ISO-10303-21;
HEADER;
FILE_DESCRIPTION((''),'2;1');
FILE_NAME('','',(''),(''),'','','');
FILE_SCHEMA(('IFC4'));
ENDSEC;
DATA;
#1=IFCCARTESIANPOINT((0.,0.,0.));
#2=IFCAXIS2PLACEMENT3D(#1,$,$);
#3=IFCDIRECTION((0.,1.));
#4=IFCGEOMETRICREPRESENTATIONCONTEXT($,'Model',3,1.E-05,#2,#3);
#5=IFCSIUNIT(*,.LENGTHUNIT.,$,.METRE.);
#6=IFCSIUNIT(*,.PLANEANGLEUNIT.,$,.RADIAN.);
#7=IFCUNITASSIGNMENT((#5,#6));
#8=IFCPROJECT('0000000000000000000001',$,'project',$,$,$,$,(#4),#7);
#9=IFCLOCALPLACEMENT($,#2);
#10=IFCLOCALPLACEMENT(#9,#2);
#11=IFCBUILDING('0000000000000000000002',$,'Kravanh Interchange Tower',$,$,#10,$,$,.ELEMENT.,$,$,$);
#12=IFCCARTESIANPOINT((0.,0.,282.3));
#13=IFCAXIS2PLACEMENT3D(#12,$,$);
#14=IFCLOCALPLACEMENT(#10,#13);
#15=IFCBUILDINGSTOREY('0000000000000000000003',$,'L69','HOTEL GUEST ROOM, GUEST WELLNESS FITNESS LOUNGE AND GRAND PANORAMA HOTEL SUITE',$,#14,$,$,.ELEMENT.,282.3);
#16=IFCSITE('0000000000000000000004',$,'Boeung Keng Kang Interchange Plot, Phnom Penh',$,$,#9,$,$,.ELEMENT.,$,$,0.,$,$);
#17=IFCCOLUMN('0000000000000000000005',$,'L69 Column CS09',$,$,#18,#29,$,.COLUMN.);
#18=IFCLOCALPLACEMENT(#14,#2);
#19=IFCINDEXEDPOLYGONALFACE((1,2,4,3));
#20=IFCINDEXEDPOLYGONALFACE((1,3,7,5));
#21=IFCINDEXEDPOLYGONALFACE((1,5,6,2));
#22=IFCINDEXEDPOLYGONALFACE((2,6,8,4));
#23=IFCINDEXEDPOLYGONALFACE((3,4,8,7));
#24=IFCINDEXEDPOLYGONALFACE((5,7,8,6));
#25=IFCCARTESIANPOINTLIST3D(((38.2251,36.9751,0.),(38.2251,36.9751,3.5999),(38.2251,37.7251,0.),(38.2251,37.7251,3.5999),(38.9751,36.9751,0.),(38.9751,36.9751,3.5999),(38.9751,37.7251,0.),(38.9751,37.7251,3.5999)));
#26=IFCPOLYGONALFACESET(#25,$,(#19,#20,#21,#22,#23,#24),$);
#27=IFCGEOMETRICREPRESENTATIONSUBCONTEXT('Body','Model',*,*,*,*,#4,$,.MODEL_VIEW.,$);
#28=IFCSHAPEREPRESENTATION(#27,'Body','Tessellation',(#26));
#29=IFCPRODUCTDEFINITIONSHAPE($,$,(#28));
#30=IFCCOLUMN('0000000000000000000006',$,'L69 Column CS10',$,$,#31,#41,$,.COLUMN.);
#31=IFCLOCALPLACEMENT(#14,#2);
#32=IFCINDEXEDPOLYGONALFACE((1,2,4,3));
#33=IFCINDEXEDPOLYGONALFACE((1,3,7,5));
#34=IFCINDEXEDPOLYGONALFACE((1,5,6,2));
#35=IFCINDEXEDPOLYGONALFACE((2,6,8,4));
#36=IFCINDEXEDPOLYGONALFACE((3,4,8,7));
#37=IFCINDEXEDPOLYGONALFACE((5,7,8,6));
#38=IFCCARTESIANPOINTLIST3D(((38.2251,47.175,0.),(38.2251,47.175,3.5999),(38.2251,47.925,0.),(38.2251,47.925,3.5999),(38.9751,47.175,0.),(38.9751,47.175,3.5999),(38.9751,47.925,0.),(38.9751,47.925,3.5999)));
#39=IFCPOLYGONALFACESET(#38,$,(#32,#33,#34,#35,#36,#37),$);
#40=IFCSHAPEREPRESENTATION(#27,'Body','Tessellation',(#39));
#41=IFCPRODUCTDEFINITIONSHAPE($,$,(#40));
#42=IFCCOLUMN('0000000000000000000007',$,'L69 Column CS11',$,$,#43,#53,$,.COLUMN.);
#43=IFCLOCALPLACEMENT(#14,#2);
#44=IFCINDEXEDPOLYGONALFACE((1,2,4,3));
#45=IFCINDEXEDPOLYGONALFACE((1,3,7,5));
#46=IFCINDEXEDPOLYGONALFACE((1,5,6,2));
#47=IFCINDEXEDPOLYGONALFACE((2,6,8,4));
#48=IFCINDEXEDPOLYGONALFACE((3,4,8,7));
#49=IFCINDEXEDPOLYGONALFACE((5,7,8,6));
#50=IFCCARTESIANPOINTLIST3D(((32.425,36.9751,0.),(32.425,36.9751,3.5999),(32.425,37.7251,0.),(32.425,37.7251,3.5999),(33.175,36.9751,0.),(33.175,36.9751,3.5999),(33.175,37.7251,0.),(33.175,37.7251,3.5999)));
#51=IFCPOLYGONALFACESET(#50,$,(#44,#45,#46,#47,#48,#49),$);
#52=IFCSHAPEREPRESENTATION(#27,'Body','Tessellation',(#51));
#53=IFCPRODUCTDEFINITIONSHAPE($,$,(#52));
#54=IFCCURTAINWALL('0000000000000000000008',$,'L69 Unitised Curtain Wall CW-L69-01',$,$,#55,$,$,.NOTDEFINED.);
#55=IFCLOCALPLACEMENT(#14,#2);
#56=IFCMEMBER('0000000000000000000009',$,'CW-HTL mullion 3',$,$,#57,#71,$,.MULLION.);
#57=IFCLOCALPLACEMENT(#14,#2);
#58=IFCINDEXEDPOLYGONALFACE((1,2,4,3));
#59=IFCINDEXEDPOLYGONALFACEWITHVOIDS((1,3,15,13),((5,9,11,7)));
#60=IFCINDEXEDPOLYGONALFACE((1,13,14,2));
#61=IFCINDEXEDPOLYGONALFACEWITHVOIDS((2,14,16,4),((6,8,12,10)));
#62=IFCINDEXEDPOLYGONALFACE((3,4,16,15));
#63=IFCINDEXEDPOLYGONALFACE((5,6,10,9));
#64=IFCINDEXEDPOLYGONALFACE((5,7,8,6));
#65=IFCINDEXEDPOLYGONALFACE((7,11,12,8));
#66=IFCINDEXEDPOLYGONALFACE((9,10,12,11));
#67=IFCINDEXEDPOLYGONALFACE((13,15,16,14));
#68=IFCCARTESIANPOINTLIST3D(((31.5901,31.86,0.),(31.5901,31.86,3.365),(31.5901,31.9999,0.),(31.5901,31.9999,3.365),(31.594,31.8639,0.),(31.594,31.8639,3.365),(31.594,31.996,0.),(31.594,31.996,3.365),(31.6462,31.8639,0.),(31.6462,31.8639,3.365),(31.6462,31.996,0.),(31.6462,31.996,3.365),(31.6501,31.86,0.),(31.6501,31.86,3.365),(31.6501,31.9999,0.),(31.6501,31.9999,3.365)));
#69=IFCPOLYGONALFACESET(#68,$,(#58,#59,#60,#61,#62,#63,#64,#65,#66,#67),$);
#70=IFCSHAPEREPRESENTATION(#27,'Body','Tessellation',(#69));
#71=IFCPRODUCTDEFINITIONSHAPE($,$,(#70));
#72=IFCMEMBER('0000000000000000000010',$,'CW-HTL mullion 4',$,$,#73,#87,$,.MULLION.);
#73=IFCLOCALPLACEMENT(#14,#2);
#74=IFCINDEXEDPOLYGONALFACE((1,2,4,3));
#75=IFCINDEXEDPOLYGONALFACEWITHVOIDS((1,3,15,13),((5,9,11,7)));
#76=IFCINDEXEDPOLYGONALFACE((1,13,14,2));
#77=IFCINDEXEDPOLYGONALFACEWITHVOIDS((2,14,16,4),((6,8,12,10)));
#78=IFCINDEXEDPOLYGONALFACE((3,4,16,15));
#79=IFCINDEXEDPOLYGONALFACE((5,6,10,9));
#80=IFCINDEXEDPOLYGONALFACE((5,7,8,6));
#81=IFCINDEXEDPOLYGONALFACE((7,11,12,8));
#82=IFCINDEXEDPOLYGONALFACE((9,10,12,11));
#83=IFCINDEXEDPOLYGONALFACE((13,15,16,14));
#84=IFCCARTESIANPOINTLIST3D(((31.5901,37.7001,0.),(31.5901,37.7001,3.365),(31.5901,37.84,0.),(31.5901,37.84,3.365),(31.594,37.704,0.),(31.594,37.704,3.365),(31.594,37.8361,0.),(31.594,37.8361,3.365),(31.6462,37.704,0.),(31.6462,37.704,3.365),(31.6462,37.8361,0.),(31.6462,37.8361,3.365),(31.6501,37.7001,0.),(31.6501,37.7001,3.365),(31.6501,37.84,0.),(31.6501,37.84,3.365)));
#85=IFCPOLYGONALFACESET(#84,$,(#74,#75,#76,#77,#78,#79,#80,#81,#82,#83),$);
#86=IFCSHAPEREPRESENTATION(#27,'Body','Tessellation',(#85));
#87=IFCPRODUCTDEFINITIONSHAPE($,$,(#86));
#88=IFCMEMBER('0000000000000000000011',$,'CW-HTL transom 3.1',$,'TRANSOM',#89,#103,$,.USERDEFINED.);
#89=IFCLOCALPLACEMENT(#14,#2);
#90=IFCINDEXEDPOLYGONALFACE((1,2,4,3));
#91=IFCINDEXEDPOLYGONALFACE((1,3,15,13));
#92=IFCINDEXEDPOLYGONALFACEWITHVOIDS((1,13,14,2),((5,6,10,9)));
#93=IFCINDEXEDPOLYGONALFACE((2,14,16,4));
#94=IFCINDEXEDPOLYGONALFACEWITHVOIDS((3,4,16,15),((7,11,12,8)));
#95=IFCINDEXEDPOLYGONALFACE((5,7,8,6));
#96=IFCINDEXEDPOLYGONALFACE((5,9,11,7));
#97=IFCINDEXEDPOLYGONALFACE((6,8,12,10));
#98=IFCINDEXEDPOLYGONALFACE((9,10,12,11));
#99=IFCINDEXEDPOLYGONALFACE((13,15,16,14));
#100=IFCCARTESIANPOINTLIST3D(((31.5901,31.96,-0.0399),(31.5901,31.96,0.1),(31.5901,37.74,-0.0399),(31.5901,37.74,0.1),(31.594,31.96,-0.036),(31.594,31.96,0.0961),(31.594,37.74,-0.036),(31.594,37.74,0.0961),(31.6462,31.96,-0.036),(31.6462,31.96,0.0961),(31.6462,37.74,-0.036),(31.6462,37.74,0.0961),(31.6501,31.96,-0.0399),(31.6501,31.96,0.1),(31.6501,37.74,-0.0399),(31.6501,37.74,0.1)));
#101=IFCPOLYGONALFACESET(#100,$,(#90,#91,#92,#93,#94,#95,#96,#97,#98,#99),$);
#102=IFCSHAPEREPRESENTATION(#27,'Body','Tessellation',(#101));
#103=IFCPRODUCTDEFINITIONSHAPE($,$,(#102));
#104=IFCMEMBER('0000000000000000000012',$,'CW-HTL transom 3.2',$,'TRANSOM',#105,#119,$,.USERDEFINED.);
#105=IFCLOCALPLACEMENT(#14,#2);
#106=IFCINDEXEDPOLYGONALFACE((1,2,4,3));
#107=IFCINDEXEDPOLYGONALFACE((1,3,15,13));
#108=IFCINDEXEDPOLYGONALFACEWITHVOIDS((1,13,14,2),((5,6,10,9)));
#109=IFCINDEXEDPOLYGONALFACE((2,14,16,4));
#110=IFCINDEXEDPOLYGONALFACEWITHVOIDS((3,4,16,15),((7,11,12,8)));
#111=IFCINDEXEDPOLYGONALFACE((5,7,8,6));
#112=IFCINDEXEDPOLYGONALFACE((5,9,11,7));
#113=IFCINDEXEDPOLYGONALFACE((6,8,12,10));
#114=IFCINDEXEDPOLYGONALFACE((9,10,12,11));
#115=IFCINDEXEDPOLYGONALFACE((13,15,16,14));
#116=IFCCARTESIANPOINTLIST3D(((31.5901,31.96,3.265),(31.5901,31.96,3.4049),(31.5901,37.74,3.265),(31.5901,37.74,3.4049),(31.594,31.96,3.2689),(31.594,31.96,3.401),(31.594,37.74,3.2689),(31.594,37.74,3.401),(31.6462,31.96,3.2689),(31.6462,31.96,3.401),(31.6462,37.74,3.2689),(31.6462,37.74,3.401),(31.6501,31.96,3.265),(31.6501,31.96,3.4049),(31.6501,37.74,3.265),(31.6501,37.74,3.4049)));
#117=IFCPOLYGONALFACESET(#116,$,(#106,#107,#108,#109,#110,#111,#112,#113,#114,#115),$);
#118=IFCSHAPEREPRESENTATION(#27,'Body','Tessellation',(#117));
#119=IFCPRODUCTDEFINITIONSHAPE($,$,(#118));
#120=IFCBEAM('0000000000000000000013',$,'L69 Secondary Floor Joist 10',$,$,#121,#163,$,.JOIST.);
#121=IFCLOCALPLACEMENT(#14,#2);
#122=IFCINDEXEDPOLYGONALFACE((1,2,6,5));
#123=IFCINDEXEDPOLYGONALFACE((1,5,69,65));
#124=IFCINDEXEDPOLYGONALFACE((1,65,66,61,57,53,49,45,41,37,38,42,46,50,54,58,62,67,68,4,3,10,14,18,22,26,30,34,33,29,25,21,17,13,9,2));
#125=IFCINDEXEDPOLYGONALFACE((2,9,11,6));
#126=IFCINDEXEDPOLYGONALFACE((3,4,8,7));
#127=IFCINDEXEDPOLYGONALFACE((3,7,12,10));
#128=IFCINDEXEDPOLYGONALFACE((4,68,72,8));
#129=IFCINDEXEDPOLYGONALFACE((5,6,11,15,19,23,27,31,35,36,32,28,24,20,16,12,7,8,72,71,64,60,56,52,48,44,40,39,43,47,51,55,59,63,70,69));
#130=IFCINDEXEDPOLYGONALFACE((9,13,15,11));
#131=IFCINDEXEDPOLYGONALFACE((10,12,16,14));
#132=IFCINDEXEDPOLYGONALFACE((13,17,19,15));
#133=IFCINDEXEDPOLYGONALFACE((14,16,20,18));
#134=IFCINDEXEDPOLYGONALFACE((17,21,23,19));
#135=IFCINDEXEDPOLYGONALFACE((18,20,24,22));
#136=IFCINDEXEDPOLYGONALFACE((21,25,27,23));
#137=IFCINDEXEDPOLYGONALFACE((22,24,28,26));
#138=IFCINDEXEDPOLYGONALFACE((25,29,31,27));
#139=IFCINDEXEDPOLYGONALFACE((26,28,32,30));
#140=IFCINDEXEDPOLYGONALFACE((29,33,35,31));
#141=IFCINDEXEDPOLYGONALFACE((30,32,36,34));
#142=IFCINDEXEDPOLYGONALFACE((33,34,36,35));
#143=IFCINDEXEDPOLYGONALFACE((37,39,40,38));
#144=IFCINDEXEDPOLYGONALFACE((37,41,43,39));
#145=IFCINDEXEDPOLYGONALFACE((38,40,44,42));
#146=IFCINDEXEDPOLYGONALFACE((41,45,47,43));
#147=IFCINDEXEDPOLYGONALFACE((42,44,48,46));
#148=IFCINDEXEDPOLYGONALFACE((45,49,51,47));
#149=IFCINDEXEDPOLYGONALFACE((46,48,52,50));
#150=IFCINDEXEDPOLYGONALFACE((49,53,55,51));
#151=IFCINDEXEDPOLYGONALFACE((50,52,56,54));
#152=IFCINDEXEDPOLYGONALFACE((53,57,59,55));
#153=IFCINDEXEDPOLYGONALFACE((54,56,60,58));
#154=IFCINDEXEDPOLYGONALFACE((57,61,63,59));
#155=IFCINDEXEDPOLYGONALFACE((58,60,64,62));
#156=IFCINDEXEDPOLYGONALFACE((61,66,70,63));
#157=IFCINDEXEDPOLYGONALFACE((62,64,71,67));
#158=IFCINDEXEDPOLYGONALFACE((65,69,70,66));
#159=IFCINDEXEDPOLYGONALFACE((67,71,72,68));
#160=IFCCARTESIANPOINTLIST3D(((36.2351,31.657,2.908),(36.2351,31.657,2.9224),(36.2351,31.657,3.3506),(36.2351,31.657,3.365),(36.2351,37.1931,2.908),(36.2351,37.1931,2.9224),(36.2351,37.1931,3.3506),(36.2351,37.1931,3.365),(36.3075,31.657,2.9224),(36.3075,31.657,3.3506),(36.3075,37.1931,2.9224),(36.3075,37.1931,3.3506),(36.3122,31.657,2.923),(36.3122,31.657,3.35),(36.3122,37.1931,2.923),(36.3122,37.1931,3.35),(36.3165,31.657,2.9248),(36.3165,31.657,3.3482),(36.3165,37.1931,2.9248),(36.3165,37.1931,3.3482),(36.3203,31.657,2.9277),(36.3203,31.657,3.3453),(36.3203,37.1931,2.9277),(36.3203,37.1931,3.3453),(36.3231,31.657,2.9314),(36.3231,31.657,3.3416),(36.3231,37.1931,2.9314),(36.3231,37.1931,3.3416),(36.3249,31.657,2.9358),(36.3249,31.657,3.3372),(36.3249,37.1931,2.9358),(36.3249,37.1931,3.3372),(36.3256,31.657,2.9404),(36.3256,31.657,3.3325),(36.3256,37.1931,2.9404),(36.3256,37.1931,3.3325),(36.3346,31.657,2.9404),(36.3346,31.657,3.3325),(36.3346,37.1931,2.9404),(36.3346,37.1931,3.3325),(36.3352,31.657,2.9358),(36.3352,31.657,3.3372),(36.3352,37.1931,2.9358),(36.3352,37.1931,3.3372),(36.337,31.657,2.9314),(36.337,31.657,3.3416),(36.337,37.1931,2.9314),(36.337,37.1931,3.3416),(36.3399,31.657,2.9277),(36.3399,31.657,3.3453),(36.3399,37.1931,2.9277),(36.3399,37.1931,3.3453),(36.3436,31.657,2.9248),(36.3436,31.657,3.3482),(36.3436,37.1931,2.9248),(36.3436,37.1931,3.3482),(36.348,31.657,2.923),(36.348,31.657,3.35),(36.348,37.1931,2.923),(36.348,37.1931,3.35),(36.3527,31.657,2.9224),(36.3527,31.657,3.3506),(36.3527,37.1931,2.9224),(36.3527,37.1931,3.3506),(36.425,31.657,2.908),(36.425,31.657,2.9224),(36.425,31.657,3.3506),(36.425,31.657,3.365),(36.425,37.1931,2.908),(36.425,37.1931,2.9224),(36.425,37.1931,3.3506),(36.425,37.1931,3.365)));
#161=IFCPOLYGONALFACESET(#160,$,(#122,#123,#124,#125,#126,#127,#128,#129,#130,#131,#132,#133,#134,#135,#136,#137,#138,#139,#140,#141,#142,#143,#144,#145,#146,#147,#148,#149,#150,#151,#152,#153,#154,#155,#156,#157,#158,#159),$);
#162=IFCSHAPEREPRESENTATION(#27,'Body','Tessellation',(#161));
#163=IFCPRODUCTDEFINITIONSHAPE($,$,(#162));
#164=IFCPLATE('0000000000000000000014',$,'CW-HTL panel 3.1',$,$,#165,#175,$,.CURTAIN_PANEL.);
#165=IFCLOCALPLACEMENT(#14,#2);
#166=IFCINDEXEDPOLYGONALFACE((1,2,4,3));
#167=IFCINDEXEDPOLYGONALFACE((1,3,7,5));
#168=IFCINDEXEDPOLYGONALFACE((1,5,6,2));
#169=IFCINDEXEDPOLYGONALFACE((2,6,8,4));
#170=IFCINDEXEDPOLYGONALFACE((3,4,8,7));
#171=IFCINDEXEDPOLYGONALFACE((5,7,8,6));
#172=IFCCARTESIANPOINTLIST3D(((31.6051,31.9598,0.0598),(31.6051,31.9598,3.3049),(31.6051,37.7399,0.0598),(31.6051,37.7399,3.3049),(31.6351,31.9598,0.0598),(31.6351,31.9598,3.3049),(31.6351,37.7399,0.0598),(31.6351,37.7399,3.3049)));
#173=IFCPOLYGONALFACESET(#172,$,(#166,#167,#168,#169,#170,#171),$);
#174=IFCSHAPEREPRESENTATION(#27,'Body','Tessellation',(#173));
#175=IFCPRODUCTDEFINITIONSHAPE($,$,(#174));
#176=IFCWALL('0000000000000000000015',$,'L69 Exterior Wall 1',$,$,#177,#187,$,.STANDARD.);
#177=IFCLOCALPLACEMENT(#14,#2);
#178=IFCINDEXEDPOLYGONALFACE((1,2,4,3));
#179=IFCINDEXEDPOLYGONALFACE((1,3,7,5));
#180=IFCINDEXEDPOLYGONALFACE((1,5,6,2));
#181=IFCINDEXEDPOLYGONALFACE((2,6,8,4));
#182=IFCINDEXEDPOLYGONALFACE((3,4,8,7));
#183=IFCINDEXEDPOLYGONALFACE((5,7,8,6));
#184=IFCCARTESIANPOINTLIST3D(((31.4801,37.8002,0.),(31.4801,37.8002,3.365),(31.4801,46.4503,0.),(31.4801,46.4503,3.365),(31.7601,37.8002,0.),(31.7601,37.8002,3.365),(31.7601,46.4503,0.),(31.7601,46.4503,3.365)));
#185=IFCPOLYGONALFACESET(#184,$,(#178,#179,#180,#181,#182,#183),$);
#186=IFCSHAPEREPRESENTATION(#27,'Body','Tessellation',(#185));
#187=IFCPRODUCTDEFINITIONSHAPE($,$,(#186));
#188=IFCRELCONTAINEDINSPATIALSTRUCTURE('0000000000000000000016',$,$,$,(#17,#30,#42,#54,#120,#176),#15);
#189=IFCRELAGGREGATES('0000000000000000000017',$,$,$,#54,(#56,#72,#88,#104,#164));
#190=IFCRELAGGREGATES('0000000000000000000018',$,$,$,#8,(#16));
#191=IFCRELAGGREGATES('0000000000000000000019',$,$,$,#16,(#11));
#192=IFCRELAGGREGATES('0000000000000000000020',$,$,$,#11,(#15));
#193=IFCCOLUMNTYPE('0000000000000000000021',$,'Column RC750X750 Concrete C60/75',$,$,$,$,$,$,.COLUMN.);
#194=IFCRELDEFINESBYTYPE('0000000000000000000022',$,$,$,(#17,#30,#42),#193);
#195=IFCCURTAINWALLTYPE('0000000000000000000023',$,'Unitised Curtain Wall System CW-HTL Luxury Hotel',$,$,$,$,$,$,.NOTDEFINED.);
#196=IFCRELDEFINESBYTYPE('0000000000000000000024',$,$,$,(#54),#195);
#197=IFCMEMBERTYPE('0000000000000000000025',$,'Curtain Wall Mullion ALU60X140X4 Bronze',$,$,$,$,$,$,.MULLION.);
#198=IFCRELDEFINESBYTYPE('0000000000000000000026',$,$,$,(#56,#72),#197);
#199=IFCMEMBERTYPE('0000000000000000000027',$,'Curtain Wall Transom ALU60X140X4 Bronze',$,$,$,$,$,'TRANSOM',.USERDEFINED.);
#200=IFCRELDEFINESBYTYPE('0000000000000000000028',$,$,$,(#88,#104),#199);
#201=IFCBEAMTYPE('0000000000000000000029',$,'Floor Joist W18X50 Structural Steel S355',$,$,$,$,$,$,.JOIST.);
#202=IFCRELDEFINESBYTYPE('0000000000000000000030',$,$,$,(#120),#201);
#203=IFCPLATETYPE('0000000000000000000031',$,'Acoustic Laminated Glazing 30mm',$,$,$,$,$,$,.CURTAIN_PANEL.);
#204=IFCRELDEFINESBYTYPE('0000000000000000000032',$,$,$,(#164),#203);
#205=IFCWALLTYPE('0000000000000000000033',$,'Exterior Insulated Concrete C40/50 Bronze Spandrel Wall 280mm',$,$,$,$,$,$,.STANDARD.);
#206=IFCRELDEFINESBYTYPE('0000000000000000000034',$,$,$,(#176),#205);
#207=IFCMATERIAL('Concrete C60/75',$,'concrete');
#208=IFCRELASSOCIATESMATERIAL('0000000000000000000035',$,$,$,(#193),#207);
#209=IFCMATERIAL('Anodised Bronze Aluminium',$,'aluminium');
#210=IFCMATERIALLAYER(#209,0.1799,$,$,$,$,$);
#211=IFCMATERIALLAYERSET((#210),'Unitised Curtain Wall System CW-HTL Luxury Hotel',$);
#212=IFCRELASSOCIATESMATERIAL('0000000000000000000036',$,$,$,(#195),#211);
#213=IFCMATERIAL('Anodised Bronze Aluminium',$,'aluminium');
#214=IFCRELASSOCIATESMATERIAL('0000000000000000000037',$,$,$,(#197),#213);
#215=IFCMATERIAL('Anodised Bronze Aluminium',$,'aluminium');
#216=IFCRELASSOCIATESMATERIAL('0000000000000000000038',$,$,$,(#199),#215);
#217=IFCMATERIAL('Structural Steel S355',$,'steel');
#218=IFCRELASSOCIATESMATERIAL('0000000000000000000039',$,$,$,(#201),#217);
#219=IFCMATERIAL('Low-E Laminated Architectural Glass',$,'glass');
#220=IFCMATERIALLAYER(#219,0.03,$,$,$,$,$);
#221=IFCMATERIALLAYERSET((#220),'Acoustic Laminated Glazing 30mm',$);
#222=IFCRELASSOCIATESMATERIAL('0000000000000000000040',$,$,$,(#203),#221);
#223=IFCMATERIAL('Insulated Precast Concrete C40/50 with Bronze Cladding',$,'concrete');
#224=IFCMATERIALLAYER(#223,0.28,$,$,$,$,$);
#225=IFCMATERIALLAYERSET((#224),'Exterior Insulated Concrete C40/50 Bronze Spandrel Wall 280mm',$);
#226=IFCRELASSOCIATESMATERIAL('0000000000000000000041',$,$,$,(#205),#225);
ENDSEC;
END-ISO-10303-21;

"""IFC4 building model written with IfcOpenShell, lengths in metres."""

from ifc_helpers import new_model, si_unit, direction, frame, frame_2d, origin, origin_2d, place, context, subcontext, project, spatial, rectangle, hollow_rectangle, i_section, extrude, material, layer, layer_set, material_profile, profile_set, type_object, element, aggregate, save


model = new_model("IFC4")

# Units and contexts
model_context = context("Model", 3, precision=1e-05, world=origin(), true_north=direction((0.0, 1.0)))
body_context = subcontext(model_context, "Body", "Model", "MODEL_VIEW")
ifc_project = project(units=[si_unit("LENGTHUNIT", "METRE"), si_unit("PLANEANGLEUNIT", "RADIAN")], contexts=[model_context])

# Site, building, storey
site_placement = place(None, origin())
site = spatial("IfcSite", under=ifc_project, at=site_placement, Name="Boeung Keng Kang Interchange Plot, Phnom Penh", CompositionType="ELEMENT", RefElevation=0.0)
building_placement = place(site_placement, origin())
building = spatial("IfcBuilding", under=site, at=building_placement, Name="Kravanh Interchange Tower", CompositionType="ELEMENT")
storey_placement = place(building_placement, frame((0.0, 0.0, 282.3)))
storey = spatial("IfcBuildingStorey", under=building, at=storey_placement, Name="L69", Description="HOTEL GUEST ROOM, GUEST WELLNESS FITNESS LOUNGE AND GRAND PANORAMA HOTEL SUITE", CompositionType="ELEMENT", Elevation=282.3)

# Columns
ifc_material_1 = material(Name="Concrete C60/75", Category="concrete")
ifc_material_profile_1 = material_profile(ifc_material_1, rectangle(XDim=0.75, YDim=0.75, at=origin_2d()), Name="RC750X750")
ifc_profile_set_1 = profile_set([ifc_material_profile_1], Name="Concrete C60/75")
column_type = type_object("IfcColumnType", Name="Column RC750X750 Concrete C60/75", PredefinedType="COLUMN", material=ifc_profile_set_1)
for number, where, z_axis, x_axis, name in (
    (1, (38.6001, 37.3501, 0.0), (0.0, 0.0, 1.0), (1.0, 0.0, 0.0), "L69 Column CS09"),
    (2, (38.6001, 47.55, 0.0), (0.0, 0.0, 1.0), (1.0, 0.0, 0.0), "L69 Column CS10"),
    (3, (32.8, 37.3501, 0.0), (0.0, 0.0, 1.0), (1.0, 0.0, 0.0), "L69 Column CS11"),
):
    element("IfcColumn", number, at=place(storey_placement, frame(where, z_axis=z_axis, x_axis=x_axis)), inside=storey, type_object=column_type, Name=name, PredefinedType="COLUMN", context=body_context, shape_type="SweptSolid", body=[
        extrude(rectangle(XDim=0.75, YDim=0.75, at=origin_2d()), origin(), (0.0, 0.0, 1.0), 3.5999),
    ])

# Curtain wall, members
ifc_material_2 = material(Name="Anodised Bronze Aluminium", Category="aluminium")
ifc_layer_1 = layer(ifc_material_2, 0.1799)
ifc_layer_set_1 = layer_set([ifc_layer_1], Name="Unitised Curtain Wall System CW-HTL Luxury Hotel")
curtain_wall_type = type_object("IfcCurtainWallType", Name="Unitised Curtain Wall System CW-HTL Luxury Hotel", PredefinedType="NOTDEFINED", material=ifc_layer_set_1)
curtain_wall_placement = place(storey_placement, origin())
curtain_wall = element("IfcCurtainWall", 4, at=curtain_wall_placement, inside=storey, type_object=curtain_wall_type, Name="L69 Unitised Curtain Wall CW-L69-01", PredefinedType="NOTDEFINED")
ifc_material_3 = material(Name="Anodised Bronze Aluminium", Category="aluminium")
ifc_material_profile_2 = material_profile(ifc_material_3, hollow_rectangle(XDim=0.0601, YDim=0.1399, WallThickness=0.0039, at=origin_2d()), Name="ALU60X140X4")
ifc_profile_set_2 = profile_set([ifc_material_profile_2], Name="Anodised Bronze Aluminium")
member_type_1 = type_object("IfcMemberType", Name="Curtain Wall Mullion ALU60X140X4 Bronze", PredefinedType="MULLION", material=ifc_profile_set_2)
member_1_placement = place(storey_placement, frame((31.6201, 31.9299, 0.0), z_axis=(0.0, 0.0, 1.0), x_axis=(-1.0, 0.0, 0.0)))
member_1 = element("IfcMember", 5, at=member_1_placement, type_object=member_type_1, Name="CW-HTL mullion 3", PredefinedType="MULLION", context=body_context, shape_type="SweptSolid", body=[
    extrude(hollow_rectangle(XDim=0.0601, YDim=0.1399, WallThickness=0.0039, at=origin_2d()), origin(), (0.0, 0.0, 1.0), 3.365),
])
member_2_placement = place(storey_placement, frame((31.6201, 37.77, 0.0), z_axis=(0.0, 0.0, 1.0), x_axis=(-1.0, 0.0, 0.0)))
member_2 = element("IfcMember", 6, at=member_2_placement, type_object=member_type_1, Name="CW-HTL mullion 4", PredefinedType="MULLION", context=body_context, shape_type="SweptSolid", body=[
    extrude(hollow_rectangle(XDim=0.0601, YDim=0.1399, WallThickness=0.0039, at=origin_2d()), origin(), (0.0, 0.0, 1.0), 3.365),
])
ifc_material_4 = material(Name="Anodised Bronze Aluminium", Category="aluminium")
ifc_material_profile_3 = material_profile(ifc_material_4, hollow_rectangle(XDim=0.0601, YDim=0.1399, WallThickness=0.0039, at=origin_2d()), Name="ALU60X140X4")
ifc_profile_set_3 = profile_set([ifc_material_profile_3], Name="Anodised Bronze Aluminium")
member_type_2 = type_object("IfcMemberType", Name="Curtain Wall Transom ALU60X140X4 Bronze", ElementType="TRANSOM", PredefinedType="USERDEFINED", material=ifc_profile_set_3)
member_3_placement = place(storey_placement, frame((31.6201, 31.96, 0.03), z_axis=(0.0, 1.0, 0.0), x_axis=(-1.0, 0.0, 0.0)))
member_3 = element("IfcMember", 7, at=member_3_placement, type_object=member_type_2, Name="CW-HTL transom 3.1", ObjectType="TRANSOM", PredefinedType="USERDEFINED", context=body_context, shape_type="SweptSolid", body=[
    extrude(hollow_rectangle(XDim=0.0601, YDim=0.1399, WallThickness=0.0039, at=origin_2d()), origin(), (0.0, 0.0, 1.0), 5.78),
])
member_4_placement = place(storey_placement, frame((31.6201, 31.96, 3.335), z_axis=(0.0, 1.0, 0.0), x_axis=(-1.0, 0.0, 0.0)))
member_4 = element("IfcMember", 8, at=member_4_placement, type_object=member_type_2, Name="CW-HTL transom 3.2", ObjectType="TRANSOM", PredefinedType="USERDEFINED", context=body_context, shape_type="SweptSolid", body=[
    extrude(hollow_rectangle(XDim=0.0601, YDim=0.1399, WallThickness=0.0039, at=origin_2d()), origin(), (0.0, 0.0, 1.0), 5.78),
])

# Beam
ifc_material_5 = material(Name="Structural Steel S355", Category="steel")
ifc_material_profile_4 = material_profile(ifc_material_5, i_section(OverallWidth=0.1899, OverallDepth=0.457, WebThickness=0.009, FlangeThickness=0.0144, FilletRadius=0.0181, at=origin_2d()), Name="W18X50")
ifc_profile_set_4 = profile_set([ifc_material_profile_4], Name="Structural Steel S355")
beam_type = type_object("IfcBeamType", Name="Floor Joist W18X50 Structural Steel S355", PredefinedType="JOIST", material=ifc_profile_set_4)
beam_placement = place(storey_placement, frame((36.3301, 31.657, 3.1365), z_axis=(0.0, 1.0, 0.0), x_axis=(-1.0, 0.0, 0.0)))
element("IfcBeam", 9, at=beam_placement, inside=storey, type_object=beam_type, Name="L69 Secondary Floor Joist 10", PredefinedType="JOIST", context=body_context, shape_type="SweptSolid", body=[
    extrude(i_section(OverallWidth=0.1899, OverallDepth=0.457, WebThickness=0.009, FlangeThickness=0.0144, FilletRadius=0.0181, at=origin_2d()), origin(), (0.0, 0.0, 1.0), 5.5361),
])

# Plate
ifc_material_6 = material(Name="Low-E Laminated Architectural Glass", Category="glass")
ifc_layer_2 = layer(ifc_material_6, 0.03)
ifc_layer_set_2 = layer_set([ifc_layer_2], Name="Acoustic Laminated Glazing 30mm")
plate_type = type_object("IfcPlateType", Name="Acoustic Laminated Glazing 30mm", PredefinedType="CURTAIN_PANEL", material=ifc_layer_set_2)
plate_placement = place(storey_placement, frame((31.6201, 34.8499, 0.0598), z_axis=(0.0, 0.0, 1.0), x_axis=(0.0, 1.0, 0.0)))
plate = element("IfcPlate", 10, at=plate_placement, type_object=plate_type, Name="CW-HTL panel 3.1", PredefinedType="CURTAIN_PANEL", context=body_context, shape_type="SweptSolid", body=[
    extrude(rectangle(XDim=5.78, YDim=0.03, at=origin_2d()), origin(), (0.0, 0.0, 1.0), 3.2451),
])
aggregate(curtain_wall, [member_1, member_2, member_3, member_4, plate])

# Wall
ifc_material_7 = material(Name="Insulated Precast Concrete C40/50 with Bronze Cladding", Category="concrete")
ifc_layer_3 = layer(ifc_material_7, 0.28)
ifc_layer_set_3 = layer_set([ifc_layer_3], Name="Exterior Insulated Concrete C40/50 Bronze Spandrel Wall 280mm")
wall_type_1 = type_object("IfcWallType", Name="Exterior Insulated Concrete C40/50 Bronze Spandrel Wall 280mm", PredefinedType="STANDARD", material=ifc_layer_set_3)
wall_1_placement = place(storey_placement, frame((31.6201, 37.8, 0.0), z_axis=(0.0, 0.0, 1.0), x_axis=(0.0, 1.0, 0.0)))
element("IfcWall", 11, at=wall_1_placement, inside=storey, type_object=wall_type_1, Name="L69 Exterior Wall 1", PredefinedType="STANDARD", context=body_context, shape_type="SweptSolid", body=[
    extrude(rectangle(XDim=8.6501, YDim=0.28, at=frame_2d((4.3252, 0.0))), origin(), (0.0, 0.0, 1.0), 3.365),
])

save(model, "model.ifc")
